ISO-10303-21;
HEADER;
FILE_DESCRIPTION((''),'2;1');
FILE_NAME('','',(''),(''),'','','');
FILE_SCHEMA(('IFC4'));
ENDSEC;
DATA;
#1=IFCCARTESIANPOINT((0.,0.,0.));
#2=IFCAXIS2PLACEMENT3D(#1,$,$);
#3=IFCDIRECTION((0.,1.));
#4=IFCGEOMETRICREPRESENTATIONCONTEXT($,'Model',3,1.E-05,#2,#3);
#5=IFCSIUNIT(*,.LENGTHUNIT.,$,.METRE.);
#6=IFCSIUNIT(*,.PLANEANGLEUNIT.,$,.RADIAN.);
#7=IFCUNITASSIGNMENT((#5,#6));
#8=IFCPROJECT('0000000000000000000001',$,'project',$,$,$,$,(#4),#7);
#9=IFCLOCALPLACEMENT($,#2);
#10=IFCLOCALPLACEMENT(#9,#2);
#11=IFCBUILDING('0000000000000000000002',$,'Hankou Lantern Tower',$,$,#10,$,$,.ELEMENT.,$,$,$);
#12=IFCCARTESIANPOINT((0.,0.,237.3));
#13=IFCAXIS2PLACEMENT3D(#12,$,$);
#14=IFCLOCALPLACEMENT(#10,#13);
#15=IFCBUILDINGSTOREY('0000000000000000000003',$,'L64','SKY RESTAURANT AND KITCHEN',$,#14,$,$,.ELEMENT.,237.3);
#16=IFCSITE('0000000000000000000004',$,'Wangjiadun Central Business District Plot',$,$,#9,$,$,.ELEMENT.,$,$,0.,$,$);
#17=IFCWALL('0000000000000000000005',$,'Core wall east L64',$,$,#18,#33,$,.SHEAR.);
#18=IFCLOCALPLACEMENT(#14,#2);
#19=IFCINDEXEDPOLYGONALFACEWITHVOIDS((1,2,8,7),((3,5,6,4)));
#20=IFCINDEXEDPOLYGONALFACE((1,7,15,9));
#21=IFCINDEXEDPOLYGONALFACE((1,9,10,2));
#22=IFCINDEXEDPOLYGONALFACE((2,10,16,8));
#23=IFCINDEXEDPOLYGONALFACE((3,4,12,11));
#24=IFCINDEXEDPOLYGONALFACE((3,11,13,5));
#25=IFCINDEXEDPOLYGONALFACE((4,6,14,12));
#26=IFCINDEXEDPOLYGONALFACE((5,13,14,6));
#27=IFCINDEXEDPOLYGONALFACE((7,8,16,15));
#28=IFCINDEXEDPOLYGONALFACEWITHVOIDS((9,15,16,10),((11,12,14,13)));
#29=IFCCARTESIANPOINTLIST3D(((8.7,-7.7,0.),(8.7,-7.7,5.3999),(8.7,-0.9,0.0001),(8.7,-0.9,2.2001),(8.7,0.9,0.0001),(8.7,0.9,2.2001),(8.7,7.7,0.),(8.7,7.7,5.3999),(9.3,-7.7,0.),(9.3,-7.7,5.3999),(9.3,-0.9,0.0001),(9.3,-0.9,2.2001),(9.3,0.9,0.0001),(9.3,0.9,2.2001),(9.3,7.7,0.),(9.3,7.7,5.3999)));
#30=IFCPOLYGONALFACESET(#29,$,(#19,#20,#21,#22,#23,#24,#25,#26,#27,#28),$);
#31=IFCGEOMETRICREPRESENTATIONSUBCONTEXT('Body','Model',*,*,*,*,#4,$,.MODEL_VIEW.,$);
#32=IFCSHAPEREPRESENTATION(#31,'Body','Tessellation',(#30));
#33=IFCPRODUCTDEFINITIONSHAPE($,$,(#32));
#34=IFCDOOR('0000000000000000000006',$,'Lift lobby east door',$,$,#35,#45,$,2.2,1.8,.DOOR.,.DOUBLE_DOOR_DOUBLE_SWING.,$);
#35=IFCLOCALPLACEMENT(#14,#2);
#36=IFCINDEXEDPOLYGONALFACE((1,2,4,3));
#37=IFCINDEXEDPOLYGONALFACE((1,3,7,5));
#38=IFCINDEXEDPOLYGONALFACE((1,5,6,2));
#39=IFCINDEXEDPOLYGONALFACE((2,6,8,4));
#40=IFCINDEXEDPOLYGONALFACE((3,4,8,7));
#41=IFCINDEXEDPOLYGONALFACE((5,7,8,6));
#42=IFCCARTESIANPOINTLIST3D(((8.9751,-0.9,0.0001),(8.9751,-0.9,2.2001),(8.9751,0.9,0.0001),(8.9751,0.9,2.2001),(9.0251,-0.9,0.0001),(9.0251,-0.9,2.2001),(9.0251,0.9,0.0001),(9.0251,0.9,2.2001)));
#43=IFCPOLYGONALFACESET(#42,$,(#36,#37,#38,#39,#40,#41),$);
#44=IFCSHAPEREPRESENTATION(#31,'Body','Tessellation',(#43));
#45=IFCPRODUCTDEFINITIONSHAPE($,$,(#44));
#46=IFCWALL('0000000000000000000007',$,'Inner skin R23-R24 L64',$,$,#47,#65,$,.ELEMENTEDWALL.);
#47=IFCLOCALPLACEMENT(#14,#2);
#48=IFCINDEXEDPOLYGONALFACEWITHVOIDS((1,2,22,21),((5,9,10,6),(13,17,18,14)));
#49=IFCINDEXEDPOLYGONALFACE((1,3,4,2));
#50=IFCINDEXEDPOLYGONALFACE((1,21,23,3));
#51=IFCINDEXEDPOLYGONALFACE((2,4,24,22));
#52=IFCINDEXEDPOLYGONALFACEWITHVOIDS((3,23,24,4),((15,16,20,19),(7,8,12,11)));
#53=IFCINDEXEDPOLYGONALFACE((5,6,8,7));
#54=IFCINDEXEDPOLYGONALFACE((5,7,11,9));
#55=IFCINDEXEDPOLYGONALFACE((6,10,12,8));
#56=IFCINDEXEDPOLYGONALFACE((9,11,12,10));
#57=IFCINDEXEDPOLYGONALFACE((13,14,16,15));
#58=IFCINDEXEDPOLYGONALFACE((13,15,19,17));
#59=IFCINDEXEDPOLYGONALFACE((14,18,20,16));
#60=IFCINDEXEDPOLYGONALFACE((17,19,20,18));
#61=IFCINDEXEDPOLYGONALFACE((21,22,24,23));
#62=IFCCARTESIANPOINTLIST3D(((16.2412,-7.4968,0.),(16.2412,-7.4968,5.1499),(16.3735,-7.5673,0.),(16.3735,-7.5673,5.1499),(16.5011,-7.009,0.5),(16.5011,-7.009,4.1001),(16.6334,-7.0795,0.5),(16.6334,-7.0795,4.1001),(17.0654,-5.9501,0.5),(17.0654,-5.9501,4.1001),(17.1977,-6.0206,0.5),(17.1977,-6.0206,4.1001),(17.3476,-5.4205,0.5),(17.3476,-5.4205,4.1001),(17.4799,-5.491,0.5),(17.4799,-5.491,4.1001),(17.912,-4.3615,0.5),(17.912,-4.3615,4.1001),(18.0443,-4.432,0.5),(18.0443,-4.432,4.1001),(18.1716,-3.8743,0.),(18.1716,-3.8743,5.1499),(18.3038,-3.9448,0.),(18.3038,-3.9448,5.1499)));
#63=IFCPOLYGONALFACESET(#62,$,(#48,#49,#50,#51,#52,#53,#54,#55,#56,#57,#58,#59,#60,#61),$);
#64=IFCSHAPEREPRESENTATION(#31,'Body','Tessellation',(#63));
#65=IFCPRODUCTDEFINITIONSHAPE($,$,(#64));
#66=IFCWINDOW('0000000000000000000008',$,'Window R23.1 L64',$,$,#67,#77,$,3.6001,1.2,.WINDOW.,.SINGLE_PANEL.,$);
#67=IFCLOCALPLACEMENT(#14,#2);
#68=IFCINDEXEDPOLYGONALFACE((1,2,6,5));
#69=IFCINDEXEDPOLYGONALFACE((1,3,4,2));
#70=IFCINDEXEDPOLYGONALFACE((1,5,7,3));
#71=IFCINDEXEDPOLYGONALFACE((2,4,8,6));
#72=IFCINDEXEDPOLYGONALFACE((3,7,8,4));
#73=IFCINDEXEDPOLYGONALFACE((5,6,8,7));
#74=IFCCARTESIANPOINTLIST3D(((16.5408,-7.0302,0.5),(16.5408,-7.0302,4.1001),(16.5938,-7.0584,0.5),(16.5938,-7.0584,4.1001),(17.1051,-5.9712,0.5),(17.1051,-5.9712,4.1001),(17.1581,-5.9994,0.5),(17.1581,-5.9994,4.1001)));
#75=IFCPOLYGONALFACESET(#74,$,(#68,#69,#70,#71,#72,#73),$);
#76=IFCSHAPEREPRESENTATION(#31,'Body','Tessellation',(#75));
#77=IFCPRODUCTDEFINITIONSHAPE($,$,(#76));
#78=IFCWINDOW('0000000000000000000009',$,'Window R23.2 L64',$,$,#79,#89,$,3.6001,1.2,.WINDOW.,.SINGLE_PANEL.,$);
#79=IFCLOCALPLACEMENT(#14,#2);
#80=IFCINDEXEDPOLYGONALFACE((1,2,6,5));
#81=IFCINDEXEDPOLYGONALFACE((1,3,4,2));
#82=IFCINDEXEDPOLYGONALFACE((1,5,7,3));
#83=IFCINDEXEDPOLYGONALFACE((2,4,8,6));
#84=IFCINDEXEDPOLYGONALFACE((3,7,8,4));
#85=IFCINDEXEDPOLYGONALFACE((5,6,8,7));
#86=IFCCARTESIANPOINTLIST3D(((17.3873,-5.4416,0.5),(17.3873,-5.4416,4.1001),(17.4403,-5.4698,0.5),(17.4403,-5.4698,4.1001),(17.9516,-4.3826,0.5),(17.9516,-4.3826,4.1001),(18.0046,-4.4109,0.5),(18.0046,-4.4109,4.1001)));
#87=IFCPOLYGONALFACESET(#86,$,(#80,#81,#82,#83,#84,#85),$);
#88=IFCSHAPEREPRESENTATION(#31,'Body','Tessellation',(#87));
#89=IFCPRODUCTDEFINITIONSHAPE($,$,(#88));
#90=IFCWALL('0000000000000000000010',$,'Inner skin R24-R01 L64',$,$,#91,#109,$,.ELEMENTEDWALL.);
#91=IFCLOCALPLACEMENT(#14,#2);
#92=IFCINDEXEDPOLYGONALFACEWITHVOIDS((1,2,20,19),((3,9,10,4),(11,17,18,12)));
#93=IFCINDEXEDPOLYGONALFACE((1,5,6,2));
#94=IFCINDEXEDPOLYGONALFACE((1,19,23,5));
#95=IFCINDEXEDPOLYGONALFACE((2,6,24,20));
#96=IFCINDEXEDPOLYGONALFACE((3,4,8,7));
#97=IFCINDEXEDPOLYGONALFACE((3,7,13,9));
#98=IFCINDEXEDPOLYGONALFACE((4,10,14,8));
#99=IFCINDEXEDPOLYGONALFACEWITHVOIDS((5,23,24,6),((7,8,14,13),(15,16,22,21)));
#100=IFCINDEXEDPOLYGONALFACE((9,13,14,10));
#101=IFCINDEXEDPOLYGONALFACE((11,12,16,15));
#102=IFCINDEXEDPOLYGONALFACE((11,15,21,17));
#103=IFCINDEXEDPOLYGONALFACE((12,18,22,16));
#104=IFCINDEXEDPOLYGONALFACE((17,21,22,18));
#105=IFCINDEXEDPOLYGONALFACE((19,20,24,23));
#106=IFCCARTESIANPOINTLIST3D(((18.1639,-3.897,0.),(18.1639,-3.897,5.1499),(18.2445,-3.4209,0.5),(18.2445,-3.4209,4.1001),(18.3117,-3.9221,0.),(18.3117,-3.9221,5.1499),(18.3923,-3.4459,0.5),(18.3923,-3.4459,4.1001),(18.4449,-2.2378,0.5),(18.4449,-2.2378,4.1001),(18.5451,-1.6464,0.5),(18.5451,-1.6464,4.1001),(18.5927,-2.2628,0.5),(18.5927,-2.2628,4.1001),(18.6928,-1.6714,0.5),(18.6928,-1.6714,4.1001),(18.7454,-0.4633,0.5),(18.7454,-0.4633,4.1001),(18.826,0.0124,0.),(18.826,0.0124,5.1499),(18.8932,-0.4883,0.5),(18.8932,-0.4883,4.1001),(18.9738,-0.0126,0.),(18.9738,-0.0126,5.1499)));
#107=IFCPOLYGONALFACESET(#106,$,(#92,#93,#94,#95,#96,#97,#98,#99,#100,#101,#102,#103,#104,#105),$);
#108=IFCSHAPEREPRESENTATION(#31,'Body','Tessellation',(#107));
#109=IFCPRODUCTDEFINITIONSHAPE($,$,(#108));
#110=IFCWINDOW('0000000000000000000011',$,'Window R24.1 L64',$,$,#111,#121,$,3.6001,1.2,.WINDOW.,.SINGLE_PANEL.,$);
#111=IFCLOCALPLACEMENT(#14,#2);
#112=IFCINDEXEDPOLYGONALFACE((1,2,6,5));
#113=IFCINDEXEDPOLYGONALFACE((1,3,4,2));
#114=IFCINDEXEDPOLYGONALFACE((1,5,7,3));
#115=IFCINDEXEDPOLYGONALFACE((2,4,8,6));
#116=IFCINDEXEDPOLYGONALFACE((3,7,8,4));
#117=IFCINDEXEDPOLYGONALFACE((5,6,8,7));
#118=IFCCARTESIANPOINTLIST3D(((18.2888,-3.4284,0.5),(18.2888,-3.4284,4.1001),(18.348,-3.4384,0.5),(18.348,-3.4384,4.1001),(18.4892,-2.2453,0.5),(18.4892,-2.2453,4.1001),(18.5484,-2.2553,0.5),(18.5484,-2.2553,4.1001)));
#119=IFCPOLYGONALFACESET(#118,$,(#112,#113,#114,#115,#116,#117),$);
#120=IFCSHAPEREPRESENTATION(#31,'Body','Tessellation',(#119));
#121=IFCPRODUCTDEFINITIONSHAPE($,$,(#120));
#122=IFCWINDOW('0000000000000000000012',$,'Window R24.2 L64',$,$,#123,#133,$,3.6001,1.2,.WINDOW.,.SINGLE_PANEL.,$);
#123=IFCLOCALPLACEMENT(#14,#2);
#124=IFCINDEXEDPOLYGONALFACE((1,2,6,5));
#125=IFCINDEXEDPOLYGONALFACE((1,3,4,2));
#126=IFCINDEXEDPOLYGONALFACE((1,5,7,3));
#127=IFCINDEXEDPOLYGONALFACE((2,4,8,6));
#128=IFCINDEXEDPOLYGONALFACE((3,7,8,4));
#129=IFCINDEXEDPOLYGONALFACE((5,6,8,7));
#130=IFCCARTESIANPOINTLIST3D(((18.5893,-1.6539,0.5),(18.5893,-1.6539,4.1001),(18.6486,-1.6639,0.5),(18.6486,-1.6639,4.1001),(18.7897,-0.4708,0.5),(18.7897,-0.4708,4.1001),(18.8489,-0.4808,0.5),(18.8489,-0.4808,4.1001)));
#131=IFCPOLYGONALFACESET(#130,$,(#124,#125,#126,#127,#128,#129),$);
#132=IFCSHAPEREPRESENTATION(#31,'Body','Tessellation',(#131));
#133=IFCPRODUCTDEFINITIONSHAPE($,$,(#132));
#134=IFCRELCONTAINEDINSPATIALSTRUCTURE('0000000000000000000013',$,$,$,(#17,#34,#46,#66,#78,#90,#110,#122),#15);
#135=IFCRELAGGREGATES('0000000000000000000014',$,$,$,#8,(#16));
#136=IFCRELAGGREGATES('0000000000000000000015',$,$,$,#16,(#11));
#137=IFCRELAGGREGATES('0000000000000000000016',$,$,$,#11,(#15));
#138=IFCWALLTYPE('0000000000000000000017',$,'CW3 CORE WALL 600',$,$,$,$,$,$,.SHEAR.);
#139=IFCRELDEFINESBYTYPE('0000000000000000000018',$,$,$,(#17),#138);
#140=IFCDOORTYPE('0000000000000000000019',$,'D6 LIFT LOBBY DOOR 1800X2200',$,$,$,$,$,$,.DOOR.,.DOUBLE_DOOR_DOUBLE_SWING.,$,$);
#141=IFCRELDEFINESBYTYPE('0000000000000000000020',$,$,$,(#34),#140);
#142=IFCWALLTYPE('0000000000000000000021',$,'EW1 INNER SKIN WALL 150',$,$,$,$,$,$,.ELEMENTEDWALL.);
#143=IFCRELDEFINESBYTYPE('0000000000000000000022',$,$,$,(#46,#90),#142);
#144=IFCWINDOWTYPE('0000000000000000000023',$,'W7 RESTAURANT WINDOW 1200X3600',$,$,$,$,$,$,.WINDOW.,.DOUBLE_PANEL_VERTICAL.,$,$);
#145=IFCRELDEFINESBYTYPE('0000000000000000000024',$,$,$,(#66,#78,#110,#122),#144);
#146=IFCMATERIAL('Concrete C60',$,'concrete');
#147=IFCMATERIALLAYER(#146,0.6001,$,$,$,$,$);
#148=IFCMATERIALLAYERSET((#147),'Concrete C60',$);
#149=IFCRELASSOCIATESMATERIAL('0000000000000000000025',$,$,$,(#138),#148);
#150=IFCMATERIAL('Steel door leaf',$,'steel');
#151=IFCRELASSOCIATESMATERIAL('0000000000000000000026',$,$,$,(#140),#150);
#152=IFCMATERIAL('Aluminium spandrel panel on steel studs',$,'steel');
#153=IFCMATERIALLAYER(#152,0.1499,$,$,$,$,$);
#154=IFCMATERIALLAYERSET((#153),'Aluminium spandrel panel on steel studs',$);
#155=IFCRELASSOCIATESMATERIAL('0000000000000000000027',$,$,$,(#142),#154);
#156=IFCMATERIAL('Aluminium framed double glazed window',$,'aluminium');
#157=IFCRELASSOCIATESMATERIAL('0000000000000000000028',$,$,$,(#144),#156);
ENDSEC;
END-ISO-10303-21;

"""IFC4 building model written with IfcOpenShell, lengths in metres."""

from ifc_helpers import new_model, si_unit, direction, frame, frame_2d, origin, place, context, subcontext, project, spatial, rectangle, extrude, material, layer, layer_set, type_object, element, fill, save


model = new_model("IFC4")

# Units and contexts
model_context = context("Model", 3, precision=1e-05, world=origin(), true_north=direction((0.0, 1.0)))
body_context = subcontext(model_context, "Body", "Model", "MODEL_VIEW")
ifc_project = project(units=[si_unit("LENGTHUNIT", "METRE"), si_unit("PLANEANGLEUNIT", "RADIAN")], contexts=[model_context])

# Site, building, storey
site_placement = place(None, origin())
site = spatial("IfcSite", under=ifc_project, at=site_placement, Name="Wangjiadun Central Business District Plot", CompositionType="ELEMENT", RefElevation=0.0)
building_placement = place(site_placement, origin())
building = spatial("IfcBuilding", under=site, at=building_placement, Name="Hankou Lantern Tower", CompositionType="ELEMENT")
storey_placement = place(building_placement, frame((0.0, 0.0, 237.3)))
storey = spatial("IfcBuildingStorey", under=building, at=storey_placement, Name="L64", Description="SKY RESTAURANT AND KITCHEN", CompositionType="ELEMENT", Elevation=237.3)

# Wall, opening, door
ifc_material_1 = material(Name="Concrete C60", Category="concrete")
ifc_layer_1 = layer(ifc_material_1, 0.6001)
ifc_layer_set_1 = layer_set([ifc_layer_1], Name="Concrete C60")
wall_type_1 = type_object("IfcWallType", Name="CW3 CORE WALL 600", PredefinedType="SHEAR", material=ifc_layer_set_1)
wall_1_placement = place(storey_placement, frame((9.0, -7.7, 0.0), z_axis=(0.0, 0.0, 1.0), x_axis=(0.0, 1.0, 0.0)))
wall_1 = element("IfcWall", 1, at=wall_1_placement, inside=storey, type_object=wall_type_1, Name="Core wall east L64", PredefinedType="SHEAR", context=body_context, shape_type="SweptSolid", body=[
    extrude(rectangle(XDim=15.3999, YDim=0.6001, at=frame_2d((7.7, 0.0))), origin(), (0.0, 0.0, 1.0), 5.3999),
])
opening_1_placement = place(wall_1_placement, frame((6.8, 0.0, 0.0)))
opening_1 = element("IfcOpeningElement", 2, at=opening_1_placement, cuts=wall_1, PredefinedType="OPENING", context=body_context, shape_type="SweptSolid", body=[
    extrude(rectangle(XDim=1.8, YDim=2.2, at=frame_2d((0.8999, 1.1001))), frame((0.0, 0.3101, 0.0), z_axis=(0.0, -1.0, 0.0), x_axis=(1.0, 0.0, 0.0)), (0.0, 0.0, 1.0), 0.6201),
])
ifc_material_2 = material(Name="Steel door leaf", Category="steel")
door_type = type_object("IfcDoorType", Name="D6 LIFT LOBBY DOOR 1800X2200", OperationType="DOUBLE_DOOR_DOUBLE_SWING", PredefinedType="DOOR", material=ifc_material_2)
door_placement = place(opening_1_placement, origin())
door = element("IfcDoor", 3, at=door_placement, inside=storey, type_object=door_type, Name="Lift lobby east door", OperationType="DOUBLE_DOOR_DOUBLE_SWING", OverallHeight=2.2, OverallWidth=1.8, PredefinedType="DOOR", context=body_context, shape_type="SweptSolid", body=[
    extrude(rectangle(XDim=1.8, YDim=2.2, at=frame_2d((0.8999, 1.1001))), frame((0.0, 0.0249, 0.0), z_axis=(0.0, -1.0, 0.0), x_axis=(1.0, 0.0, 0.0)), (0.0, 0.0, 1.0), 0.05),
])
fill(opening_1, door)

# Walls, openings, windows
ifc_material_3 = material(Name="Aluminium spandrel panel on steel studs", Category="steel")
ifc_layer_2 = layer(ifc_material_3, 0.1499)
ifc_layer_set_2 = layer_set([ifc_layer_2], Name="Aluminium spandrel panel on steel studs")
wall_type_2 = type_object("IfcWallType", Name="EW1 INNER SKIN WALL 150", PredefinedType="ELEMENTEDWALL", material=ifc_layer_set_2)
wall_2_placement = place(storey_placement, frame((16.3074, -7.532, 0.0), z_axis=(0.0, 0.0, 1.0), x_axis=(0.470283, 0.882516, 0.0)))
wall_2 = element("IfcWall", 4, at=wall_2_placement, inside=storey, type_object=wall_type_2, Name="Inner skin R23-R24 L64", PredefinedType="ELEMENTEDWALL", context=body_context, shape_type="SweptSolid", body=[
    extrude(rectangle(XDim=4.1047, YDim=0.1499, at=frame_2d((2.0522, 0.0))), origin(), (0.0, 0.0, 1.0), 5.1499),
])
opening_2_placement = place(wall_2_placement, frame((0.5525, 0.0, 0.5)))
opening_2 = element("IfcOpeningElement", 5, at=opening_2_placement, cuts=wall_2, PredefinedType="OPENING", context=body_context, shape_type="SweptSolid", body=[
    extrude(rectangle(XDim=1.2, YDim=3.6001, at=frame_2d((0.6001, 1.8))), frame((0.0, 0.085, 0.0), z_axis=(0.0, -1.0, 0.0), x_axis=(1.0, 0.0, 0.0)), (0.0, 0.0, 1.0), 0.1699),
])
opening_3_placement = place(wall_2_placement, frame((2.3525, 0.0, 0.5)))
opening_3 = element("IfcOpeningElement", 6, at=opening_3_placement, cuts=wall_2, PredefinedType="OPENING", context=body_context, shape_type="SweptSolid", body=[
    extrude(rectangle(XDim=1.2, YDim=3.6001, at=frame_2d((0.6001, 1.8))), frame((0.0, 0.085, 0.0), z_axis=(0.0, -1.0, 0.0), x_axis=(1.0, 0.0, 0.0)), (0.0, 0.0, 1.0), 0.1699),
])
ifc_material_4 = material(Name="Aluminium framed double glazed window", Category="aluminium")
window_type = type_object("IfcWindowType", Name="W7 RESTAURANT WINDOW 1200X3600", PartitioningType="DOUBLE_PANEL_VERTICAL", PredefinedType="WINDOW", material=ifc_material_4)
window_1_placement = place(opening_2_placement, origin())
window_1 = element("IfcWindow", 7, at=window_1_placement, inside=storey, type_object=window_type, Name="Window R23.1 L64", OverallHeight=3.6001, OverallWidth=1.2, PartitioningType="SINGLE_PANEL", PredefinedType="WINDOW", context=body_context, shape_type="SweptSolid", body=[
    extrude(rectangle(XDim=1.2, YDim=3.6001, at=frame_2d((0.6001, 1.8))), frame((0.0, 0.03, 0.0), z_axis=(0.0, -1.0, 0.0), x_axis=(1.0, 0.0, 0.0)), (0.0, 0.0, 1.0), 0.0601),
])
fill(opening_2, window_1)
window_2_placement = place(opening_3_placement, origin())
window_2 = element("IfcWindow", 8, at=window_2_placement, inside=storey, type_object=window_type, Name="Window R23.2 L64", OverallHeight=3.6001, OverallWidth=1.2, PartitioningType="SINGLE_PANEL", PredefinedType="WINDOW", context=body_context, shape_type="SweptSolid", body=[
    extrude(rectangle(XDim=1.2, YDim=3.6001, at=frame_2d((0.6001, 1.8))), frame((0.0, 0.03, 0.0), z_axis=(0.0, -1.0, 0.0), x_axis=(1.0, 0.0, 0.0)), (0.0, 0.0, 1.0), 0.0601),
])
fill(opening_3, window_2)
wall_3_placement = place(storey_placement, frame((18.2378, -3.9094, 0.0), z_axis=(0.0, 0.0, 1.0), x_axis=(0.166984, 0.98596, 0.0)))
wall_3 = element("IfcWall", 9, at=wall_3_placement, inside=storey, type_object=wall_type_2, Name="Inner skin R24-R01 L64", PredefinedType="ELEMENTEDWALL", context=body_context, shape_type="SweptSolid", body=[
    extrude(rectangle(XDim=3.9651, YDim=0.1499, at=frame_2d((1.9824, 0.0))), origin(), (0.0, 0.0, 1.0), 5.1499),
])
opening_4_placement = place(wall_3_placement, frame((0.4827, 0.0, 0.5)))
opening_4 = element("IfcOpeningElement", 10, at=opening_4_placement, cuts=wall_3, PredefinedType="OPENING", context=body_context, shape_type="SweptSolid", body=[
    extrude(rectangle(XDim=1.2, YDim=3.6001, at=frame_2d((0.6001, 1.8))), frame((0.0, 0.085, 0.0), z_axis=(0.0, -1.0, 0.0), x_axis=(1.0, 0.0, 0.0)), (0.0, 0.0, 1.0), 0.1699),
])
opening_5_placement = place(wall_3_placement, frame((2.2825, 0.0, 0.5)))
opening_5 = element("IfcOpeningElement", 11, at=opening_5_placement, cuts=wall_3, PredefinedType="OPENING", context=body_context, shape_type="SweptSolid", body=[
    extrude(rectangle(XDim=1.2, YDim=3.6001, at=frame_2d((0.6001, 1.8))), frame((0.0, 0.085, 0.0), z_axis=(0.0, -1.0, 0.0), x_axis=(1.0, 0.0, 0.0)), (0.0, 0.0, 1.0), 0.1699),
])
window_3_placement = place(opening_4_placement, origin())
window_3 = element("IfcWindow", 12, at=window_3_placement, inside=storey, type_object=window_type, Name="Window R24.1 L64", OverallHeight=3.6001, OverallWidth=1.2, PartitioningType="SINGLE_PANEL", PredefinedType="WINDOW", context=body_context, shape_type="SweptSolid", body=[
    extrude(rectangle(XDim=1.2, YDim=3.6001, at=frame_2d((0.6001, 1.8))), frame((0.0, 0.03, 0.0), z_axis=(0.0, -1.0, 0.0), x_axis=(1.0, 0.0, 0.0)), (0.0, 0.0, 1.0), 0.0601),
])
fill(opening_4, window_3)
window_4_placement = place(opening_5_placement, origin())
window_4 = element("IfcWindow", 13, at=window_4_placement, inside=storey, type_object=window_type, Name="Window R24.2 L64", OverallHeight=3.6001, OverallWidth=1.2, PartitioningType="SINGLE_PANEL", PredefinedType="WINDOW", context=body_context, shape_type="SweptSolid", body=[
    extrude(rectangle(XDim=1.2, YDim=3.6001, at=frame_2d((0.6001, 1.8))), frame((0.0, 0.03, 0.0), z_axis=(0.0, -1.0, 0.0), x_axis=(1.0, 0.0, 0.0)), (0.0, 0.0, 1.0), 0.0601),
])
fill(opening_5, window_4)

save(model, "model.ifc")
